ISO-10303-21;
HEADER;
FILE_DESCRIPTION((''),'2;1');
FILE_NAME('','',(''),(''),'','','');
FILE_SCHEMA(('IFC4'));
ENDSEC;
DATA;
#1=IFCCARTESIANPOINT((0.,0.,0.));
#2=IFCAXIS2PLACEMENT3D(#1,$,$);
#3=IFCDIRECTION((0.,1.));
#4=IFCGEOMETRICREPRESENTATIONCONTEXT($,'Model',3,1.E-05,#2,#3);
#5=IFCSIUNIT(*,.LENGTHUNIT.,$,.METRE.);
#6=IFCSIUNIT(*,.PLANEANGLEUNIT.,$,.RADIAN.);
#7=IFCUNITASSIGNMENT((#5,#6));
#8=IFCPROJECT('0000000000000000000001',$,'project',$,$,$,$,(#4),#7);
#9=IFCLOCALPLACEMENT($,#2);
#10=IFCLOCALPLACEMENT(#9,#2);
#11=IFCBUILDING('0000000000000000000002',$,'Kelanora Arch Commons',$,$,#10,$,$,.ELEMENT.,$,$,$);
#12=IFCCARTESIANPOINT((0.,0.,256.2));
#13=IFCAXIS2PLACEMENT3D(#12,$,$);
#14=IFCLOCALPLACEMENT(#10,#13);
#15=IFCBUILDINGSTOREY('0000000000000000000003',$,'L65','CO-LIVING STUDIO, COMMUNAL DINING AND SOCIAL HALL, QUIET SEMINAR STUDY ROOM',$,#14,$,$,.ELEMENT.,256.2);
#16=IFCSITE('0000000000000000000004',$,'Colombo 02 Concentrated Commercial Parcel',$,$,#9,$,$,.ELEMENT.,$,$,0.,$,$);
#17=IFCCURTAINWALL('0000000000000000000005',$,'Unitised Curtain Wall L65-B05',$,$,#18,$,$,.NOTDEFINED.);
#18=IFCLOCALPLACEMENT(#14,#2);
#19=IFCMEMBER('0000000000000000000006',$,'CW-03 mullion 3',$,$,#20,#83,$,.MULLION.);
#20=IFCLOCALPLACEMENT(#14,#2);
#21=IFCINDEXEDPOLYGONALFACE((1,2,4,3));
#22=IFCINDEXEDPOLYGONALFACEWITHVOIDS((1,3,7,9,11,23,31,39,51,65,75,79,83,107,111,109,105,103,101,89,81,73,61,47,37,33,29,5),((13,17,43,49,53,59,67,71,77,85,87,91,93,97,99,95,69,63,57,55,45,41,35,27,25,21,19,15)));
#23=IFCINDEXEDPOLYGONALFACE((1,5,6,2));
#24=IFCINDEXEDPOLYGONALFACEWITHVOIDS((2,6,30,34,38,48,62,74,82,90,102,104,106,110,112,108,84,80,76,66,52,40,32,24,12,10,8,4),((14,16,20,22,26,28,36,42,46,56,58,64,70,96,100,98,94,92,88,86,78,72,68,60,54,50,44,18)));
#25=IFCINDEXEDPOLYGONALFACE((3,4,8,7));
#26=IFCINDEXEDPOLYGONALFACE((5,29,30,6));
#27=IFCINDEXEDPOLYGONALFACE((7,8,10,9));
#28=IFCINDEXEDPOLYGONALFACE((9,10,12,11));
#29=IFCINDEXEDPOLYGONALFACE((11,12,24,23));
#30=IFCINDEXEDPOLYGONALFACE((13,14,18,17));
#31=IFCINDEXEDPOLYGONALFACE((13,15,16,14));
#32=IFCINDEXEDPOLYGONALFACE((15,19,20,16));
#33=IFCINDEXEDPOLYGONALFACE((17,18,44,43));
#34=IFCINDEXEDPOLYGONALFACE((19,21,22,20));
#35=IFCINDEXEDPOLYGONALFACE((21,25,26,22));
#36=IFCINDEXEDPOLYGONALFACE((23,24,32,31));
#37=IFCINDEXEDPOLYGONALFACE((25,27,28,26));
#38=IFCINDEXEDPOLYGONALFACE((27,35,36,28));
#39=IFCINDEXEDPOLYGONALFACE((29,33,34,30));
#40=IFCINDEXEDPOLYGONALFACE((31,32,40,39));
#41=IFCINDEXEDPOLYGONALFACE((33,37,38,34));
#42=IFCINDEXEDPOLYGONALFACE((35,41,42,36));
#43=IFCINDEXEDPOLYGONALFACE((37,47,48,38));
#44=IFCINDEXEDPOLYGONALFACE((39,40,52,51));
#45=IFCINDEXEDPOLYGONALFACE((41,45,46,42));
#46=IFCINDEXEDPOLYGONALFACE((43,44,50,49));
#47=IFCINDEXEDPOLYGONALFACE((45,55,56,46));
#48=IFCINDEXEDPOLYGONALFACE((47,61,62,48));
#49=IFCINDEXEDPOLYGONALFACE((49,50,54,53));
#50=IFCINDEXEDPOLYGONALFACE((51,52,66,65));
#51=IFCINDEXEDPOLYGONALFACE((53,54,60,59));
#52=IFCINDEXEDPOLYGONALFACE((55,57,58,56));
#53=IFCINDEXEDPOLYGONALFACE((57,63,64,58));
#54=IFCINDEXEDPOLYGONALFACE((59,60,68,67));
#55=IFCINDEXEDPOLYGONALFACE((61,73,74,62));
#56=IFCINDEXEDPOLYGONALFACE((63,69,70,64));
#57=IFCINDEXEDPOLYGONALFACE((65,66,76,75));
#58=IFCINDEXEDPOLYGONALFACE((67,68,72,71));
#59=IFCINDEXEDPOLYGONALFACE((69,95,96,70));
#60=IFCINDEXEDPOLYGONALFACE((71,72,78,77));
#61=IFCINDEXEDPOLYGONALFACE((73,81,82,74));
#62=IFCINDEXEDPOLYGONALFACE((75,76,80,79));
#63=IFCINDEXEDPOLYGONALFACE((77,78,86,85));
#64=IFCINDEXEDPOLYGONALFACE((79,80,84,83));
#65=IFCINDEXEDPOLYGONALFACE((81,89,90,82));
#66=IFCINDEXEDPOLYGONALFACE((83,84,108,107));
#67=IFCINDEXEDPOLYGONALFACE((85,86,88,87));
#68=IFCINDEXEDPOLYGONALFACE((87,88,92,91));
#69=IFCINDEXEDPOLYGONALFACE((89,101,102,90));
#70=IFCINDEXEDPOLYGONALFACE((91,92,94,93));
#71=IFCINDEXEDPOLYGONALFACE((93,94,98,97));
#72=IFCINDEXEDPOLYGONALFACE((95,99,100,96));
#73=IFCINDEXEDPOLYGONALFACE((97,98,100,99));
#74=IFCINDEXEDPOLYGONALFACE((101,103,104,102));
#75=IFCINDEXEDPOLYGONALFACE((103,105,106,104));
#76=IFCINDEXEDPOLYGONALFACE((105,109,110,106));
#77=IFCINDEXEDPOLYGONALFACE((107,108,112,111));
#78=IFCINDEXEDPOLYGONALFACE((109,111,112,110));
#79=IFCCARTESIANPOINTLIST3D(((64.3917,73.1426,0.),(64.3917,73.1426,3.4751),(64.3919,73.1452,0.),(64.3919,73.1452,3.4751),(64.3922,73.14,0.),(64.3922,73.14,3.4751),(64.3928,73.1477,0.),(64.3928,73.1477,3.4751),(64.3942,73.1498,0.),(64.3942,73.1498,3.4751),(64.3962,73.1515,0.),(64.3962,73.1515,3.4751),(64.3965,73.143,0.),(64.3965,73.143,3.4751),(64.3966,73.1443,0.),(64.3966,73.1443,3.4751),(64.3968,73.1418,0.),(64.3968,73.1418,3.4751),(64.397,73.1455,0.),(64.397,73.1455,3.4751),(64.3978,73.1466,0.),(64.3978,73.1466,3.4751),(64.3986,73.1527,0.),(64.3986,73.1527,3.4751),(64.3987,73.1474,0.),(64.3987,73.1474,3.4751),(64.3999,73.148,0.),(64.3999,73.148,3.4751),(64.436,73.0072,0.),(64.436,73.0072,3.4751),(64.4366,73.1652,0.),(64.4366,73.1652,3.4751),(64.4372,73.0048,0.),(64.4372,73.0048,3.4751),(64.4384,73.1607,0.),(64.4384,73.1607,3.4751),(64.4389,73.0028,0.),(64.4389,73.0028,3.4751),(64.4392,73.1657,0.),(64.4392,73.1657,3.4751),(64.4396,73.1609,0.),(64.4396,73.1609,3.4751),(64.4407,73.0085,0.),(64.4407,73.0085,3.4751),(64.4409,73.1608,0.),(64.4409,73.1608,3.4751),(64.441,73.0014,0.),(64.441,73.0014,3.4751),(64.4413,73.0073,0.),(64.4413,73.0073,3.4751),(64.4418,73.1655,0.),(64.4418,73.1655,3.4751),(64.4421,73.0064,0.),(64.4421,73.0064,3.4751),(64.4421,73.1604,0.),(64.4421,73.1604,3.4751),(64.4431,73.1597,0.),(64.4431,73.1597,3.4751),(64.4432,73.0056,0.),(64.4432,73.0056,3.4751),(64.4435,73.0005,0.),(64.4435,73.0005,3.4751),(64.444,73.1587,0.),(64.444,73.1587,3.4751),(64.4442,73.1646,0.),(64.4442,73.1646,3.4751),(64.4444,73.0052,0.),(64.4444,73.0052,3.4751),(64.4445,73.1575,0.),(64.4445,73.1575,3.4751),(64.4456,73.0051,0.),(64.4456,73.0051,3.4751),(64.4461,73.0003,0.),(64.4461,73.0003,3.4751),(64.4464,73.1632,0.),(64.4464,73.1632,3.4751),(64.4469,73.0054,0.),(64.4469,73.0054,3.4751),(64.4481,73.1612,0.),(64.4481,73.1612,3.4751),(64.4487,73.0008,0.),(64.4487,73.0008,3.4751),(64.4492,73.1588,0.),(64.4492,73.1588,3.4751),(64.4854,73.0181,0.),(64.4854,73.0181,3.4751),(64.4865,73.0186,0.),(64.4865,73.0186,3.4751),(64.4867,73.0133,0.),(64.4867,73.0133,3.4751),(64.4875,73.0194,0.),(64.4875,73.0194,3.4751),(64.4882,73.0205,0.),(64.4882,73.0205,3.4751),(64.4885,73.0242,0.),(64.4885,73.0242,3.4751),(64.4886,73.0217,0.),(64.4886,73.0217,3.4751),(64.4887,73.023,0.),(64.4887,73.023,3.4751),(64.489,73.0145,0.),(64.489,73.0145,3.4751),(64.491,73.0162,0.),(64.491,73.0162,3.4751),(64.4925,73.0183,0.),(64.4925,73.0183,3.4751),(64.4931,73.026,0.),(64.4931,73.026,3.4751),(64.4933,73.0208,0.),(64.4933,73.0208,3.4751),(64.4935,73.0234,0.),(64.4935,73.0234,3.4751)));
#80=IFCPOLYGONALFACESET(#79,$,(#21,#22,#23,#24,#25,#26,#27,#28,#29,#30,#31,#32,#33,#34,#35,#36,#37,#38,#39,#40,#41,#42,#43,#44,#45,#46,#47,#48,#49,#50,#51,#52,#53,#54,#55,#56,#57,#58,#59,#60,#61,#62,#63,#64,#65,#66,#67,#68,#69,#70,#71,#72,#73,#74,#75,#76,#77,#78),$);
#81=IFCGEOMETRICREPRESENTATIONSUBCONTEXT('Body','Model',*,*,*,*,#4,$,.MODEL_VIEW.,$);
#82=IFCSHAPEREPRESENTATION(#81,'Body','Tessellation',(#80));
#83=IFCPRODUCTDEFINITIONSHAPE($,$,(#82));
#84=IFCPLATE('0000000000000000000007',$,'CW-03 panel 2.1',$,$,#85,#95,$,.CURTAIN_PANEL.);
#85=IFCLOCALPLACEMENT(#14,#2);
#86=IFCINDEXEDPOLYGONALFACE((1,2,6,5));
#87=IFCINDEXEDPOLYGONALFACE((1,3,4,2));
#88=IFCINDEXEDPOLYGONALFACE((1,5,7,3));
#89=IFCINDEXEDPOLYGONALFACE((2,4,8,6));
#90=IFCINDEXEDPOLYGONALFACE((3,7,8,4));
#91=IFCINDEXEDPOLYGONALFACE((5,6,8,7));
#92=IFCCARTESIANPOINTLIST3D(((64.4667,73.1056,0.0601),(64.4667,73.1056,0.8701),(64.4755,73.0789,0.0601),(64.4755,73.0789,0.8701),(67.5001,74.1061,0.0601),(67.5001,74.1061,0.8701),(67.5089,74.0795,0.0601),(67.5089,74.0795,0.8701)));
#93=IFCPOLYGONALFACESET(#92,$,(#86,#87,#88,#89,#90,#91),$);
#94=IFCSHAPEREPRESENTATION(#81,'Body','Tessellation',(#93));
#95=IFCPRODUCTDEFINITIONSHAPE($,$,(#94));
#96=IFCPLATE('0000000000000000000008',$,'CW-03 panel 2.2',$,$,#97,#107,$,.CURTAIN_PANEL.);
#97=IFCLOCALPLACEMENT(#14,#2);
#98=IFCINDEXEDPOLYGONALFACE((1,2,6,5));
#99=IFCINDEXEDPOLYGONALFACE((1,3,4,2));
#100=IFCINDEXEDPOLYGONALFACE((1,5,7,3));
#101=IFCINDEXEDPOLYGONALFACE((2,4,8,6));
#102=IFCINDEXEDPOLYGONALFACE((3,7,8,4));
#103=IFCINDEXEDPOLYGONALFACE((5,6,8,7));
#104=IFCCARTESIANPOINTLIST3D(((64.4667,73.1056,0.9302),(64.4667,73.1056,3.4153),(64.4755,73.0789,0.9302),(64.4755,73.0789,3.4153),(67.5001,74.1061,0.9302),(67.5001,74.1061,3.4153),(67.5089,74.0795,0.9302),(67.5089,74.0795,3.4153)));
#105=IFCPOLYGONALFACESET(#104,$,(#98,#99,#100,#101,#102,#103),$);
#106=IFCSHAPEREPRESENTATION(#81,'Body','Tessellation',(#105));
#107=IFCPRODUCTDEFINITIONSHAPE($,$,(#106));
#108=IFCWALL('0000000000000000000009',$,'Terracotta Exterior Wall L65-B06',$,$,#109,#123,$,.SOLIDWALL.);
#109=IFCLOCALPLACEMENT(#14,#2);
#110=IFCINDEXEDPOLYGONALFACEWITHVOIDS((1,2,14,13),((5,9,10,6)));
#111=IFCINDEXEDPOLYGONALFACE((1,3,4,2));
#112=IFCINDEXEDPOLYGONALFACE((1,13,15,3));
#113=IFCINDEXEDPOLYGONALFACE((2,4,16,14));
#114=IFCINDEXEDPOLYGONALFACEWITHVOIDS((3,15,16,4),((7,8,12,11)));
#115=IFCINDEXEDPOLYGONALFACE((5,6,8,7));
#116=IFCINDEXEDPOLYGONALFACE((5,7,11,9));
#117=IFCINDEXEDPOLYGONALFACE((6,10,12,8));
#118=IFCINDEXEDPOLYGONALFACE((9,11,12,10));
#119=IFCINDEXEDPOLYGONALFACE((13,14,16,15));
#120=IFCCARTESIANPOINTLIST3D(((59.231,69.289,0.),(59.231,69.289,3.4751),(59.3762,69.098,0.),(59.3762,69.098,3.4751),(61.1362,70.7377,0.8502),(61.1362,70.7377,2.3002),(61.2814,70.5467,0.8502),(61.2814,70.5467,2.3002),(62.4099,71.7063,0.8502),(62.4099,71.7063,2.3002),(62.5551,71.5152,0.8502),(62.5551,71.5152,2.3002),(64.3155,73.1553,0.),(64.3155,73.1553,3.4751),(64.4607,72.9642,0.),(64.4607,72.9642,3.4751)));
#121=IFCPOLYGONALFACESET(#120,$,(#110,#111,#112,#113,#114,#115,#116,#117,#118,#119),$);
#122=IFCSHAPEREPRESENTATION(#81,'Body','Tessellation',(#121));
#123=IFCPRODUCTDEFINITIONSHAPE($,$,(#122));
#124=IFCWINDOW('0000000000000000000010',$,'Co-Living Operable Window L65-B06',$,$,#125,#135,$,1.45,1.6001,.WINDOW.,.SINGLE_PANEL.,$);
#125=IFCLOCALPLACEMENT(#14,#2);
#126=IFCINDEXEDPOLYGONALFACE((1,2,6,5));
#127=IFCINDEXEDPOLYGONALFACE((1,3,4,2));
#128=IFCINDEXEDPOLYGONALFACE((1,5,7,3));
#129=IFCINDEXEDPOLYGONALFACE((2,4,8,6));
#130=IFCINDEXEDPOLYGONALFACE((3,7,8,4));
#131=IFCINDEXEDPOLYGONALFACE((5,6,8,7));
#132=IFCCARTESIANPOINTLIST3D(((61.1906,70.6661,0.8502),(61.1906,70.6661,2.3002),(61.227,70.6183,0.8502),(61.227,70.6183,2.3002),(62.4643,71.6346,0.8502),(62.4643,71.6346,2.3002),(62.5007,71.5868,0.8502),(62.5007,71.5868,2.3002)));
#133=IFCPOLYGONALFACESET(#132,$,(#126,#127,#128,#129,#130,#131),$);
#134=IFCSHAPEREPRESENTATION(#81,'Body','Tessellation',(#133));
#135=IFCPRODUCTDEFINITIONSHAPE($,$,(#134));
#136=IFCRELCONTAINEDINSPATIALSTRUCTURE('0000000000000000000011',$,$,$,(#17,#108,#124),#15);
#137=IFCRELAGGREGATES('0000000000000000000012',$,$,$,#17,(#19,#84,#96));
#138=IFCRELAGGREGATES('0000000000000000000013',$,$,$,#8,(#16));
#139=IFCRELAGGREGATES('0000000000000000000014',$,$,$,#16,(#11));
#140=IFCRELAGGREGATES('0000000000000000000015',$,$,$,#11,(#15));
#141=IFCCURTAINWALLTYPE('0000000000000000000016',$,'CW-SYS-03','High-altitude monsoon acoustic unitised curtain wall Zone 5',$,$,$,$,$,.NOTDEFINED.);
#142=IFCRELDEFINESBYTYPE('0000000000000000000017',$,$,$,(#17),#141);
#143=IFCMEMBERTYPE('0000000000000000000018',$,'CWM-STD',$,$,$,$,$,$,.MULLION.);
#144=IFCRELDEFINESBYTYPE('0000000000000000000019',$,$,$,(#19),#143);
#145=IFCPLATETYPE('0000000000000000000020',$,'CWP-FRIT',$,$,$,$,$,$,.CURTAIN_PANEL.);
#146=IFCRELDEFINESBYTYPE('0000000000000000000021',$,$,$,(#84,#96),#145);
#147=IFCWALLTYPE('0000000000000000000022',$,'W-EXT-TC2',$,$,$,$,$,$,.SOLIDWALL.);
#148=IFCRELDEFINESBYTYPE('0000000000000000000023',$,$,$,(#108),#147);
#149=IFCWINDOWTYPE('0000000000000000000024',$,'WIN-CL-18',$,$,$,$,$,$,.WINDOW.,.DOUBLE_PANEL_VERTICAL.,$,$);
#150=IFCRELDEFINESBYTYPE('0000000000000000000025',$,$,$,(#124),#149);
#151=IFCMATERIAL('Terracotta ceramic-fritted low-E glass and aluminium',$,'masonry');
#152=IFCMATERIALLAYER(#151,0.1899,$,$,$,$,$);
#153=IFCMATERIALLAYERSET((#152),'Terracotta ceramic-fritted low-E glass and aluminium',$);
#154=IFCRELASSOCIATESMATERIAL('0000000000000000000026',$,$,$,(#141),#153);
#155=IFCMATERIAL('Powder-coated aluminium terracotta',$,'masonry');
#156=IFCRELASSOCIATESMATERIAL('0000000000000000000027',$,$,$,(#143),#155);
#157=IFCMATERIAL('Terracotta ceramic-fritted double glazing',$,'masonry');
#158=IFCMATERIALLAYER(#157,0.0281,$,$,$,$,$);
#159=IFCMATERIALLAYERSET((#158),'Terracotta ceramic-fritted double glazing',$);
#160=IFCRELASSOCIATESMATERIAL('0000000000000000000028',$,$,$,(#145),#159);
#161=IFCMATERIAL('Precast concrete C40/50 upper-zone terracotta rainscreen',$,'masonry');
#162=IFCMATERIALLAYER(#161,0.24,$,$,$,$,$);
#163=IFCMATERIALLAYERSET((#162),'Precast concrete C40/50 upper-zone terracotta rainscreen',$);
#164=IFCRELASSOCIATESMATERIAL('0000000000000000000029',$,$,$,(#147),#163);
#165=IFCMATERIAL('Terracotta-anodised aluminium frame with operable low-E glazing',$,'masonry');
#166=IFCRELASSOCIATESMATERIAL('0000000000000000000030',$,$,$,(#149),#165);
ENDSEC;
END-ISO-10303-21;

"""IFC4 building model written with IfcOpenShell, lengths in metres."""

from ifc_helpers import new_model, si_unit, direction, frame, frame_2d, origin, origin_2d, place, context, subcontext, project, spatial, rectangle, hollow_rectangle, extrude, source, transform, mapped, material, layer, layer_set, material_profile, profile_set, type_object, element, fill, aggregate, save


model = new_model("IFC4")

# Units and contexts
model_context = context("Model", 3, precision=1e-05, world=origin(), true_north=direction((0.0, 1.0)))
body_context = subcontext(model_context, "Body", "Model", "MODEL_VIEW")
ifc_project = project(units=[si_unit("LENGTHUNIT", "METRE"), si_unit("PLANEANGLEUNIT", "RADIAN")], contexts=[model_context])

# Site, building, storey
site_placement = place(None, origin())
site = spatial("IfcSite", under=ifc_project, at=site_placement, Name="Colombo 02 Concentrated Commercial Parcel", CompositionType="ELEMENT", RefElevation=0.0)
building_placement = place(site_placement, origin())
building = spatial("IfcBuilding", under=site, at=building_placement, Name="Kelanora Arch Commons", CompositionType="ELEMENT")
storey_placement = place(building_placement, frame((0.0, 0.0, 256.2)))
storey = spatial("IfcBuildingStorey", under=building, at=storey_placement, Name="L65", Description="CO-LIVING STUDIO, COMMUNAL DINING AND SOCIAL HALL, QUIET SEMINAR STUDY ROOM", CompositionType="ELEMENT", Elevation=256.2)

# Curtain wall, member, plates
ifc_material_1 = material(Name="Terracotta ceramic-fritted low-E glass and aluminium", Category="masonry")
ifc_layer_1 = layer(ifc_material_1, 0.1899)
ifc_layer_set_1 = layer_set([ifc_layer_1], Name="Terracotta ceramic-fritted low-E glass and aluminium")
curtain_wall_type = type_object("IfcCurtainWallType", Name="CW-SYS-03", Description="High-altitude monsoon acoustic unitised curtain wall Zone 5", PredefinedType="NOTDEFINED", material=ifc_layer_set_1)
curtain_wall_placement = place(storey_placement, origin())
curtain_wall = element("IfcCurtainWall", 1, at=curtain_wall_placement, inside=storey, type_object=curtain_wall_type, Name="Unitised Curtain Wall L65-B05", PredefinedType="NOTDEFINED")
ifc_material_2 = material(Name="Powder-coated aluminium terracotta", Category="masonry")
ifc_material_profile_1 = material_profile(ifc_material_2, hollow_rectangle(XDim=0.1599, YDim=0.0601, WallThickness=0.0049, InnerFilletRadius=0.0049, OuterFilletRadius=0.01, at=origin_2d()), Name="CWM160x60")
ifc_profile_set_1 = profile_set([ifc_material_profile_1], Name="Powder-coated aluminium terracotta")
member_type = type_object("IfcMemberType", Name="CWM-STD", PredefinedType="MULLION", material=ifc_profile_set_1)
member_placement = place(storey_placement, frame((64.4426, 73.083, 0.0), z_axis=(0.0, 0.0, 1.0), x_axis=(0.313253, -0.94967, 0.0)))
member = element("IfcMember", 2, at=member_placement, type_object=member_type, Name="CW-03 mullion 3", PredefinedType="MULLION", context=body_context, shape_type="SweptSolid", body=[
    extrude(hollow_rectangle(XDim=0.1599, YDim=0.0601, WallThickness=0.0049, InnerFilletRadius=0.0049, OuterFilletRadius=0.01, at=origin_2d()), origin(), (0.0, 0.0, 1.0), 3.4751),
])
ifc_material_3 = material(Name="Terracotta ceramic-fritted double glazing", Category="masonry")
ifc_layer_2 = layer(ifc_material_3, 0.0281)
ifc_layer_set_2 = layer_set([ifc_layer_2], Name="Terracotta ceramic-fritted double glazing")
plate_type = type_object("IfcPlateType", Name="CWP-FRIT", PredefinedType="CURTAIN_PANEL", material=ifc_layer_set_2)
shared_shape_1 = source(origin(), body_context, "Body", "SweptSolid", [
    extrude(rectangle(XDim=3.1941, YDim=0.0281, at=origin_2d()), origin(), (0.0, 0.0, 1.0), 0.8101),
])
plate_1_placement = place(storey_placement, frame((65.9878, 73.5925, 0.0601), z_axis=(0.0, 0.0, 1.0), x_axis=(-0.94967, -0.313253, 0.0)))
plate_1 = element("IfcPlate", 3, at=plate_1_placement, type_object=plate_type, Name="CW-03 panel 2.1", PredefinedType="CURTAIN_PANEL", context=body_context, shape_type="MappedRepresentation", body=[
    mapped(shared_shape_1, transform((0.0, 0.0, 0.0), scale=1.0)),
])
shared_shape_2 = source(origin(), body_context, "Body", "SweptSolid", [
    extrude(rectangle(XDim=3.1941, YDim=0.0281, at=origin_2d()), origin(), (0.0, 0.0, 1.0), 2.4851),
])
plate_2_placement = place(storey_placement, frame((65.9878, 73.5925, 0.9302), z_axis=(0.0, 0.0, 1.0), x_axis=(-0.94967, -0.313253, 0.0)))
plate_2 = element("IfcPlate", 4, at=plate_2_placement, type_object=plate_type, Name="CW-03 panel 2.2", PredefinedType="CURTAIN_PANEL", context=body_context, shape_type="MappedRepresentation", body=[
    mapped(shared_shape_2, transform((0.0, 0.0, 0.0), scale=1.0)),
])
aggregate(curtain_wall, [member, plate_1, plate_2])

# Wall, opening, window
ifc_material_4 = material(Name="Precast concrete C40/50 upper-zone terracotta rainscreen", Category="masonry")
ifc_layer_3 = layer(ifc_material_4, 0.24)
ifc_layer_set_3 = layer_set([ifc_layer_3], Name="Precast concrete C40/50 upper-zone terracotta rainscreen")
wall_type_1 = type_object("IfcWallType", Name="W-EXT-TC2", PredefinedType="SOLIDWALL", material=ifc_layer_set_3)
wall_1_placement = place(storey_placement, frame((64.3882, 73.0598, 0.0), z_axis=(0.0, 0.0, 1.0), x_axis=(-0.79601, -0.605283, 0.0)))
wall_1 = element("IfcWall", 5, at=wall_1_placement, inside=storey, type_object=wall_type_1, Name="Terracotta Exterior Wall L65-B06", PredefinedType="SOLIDWALL", context=body_context, shape_type="SweptSolid", body=[
    extrude(rectangle(XDim=6.3875, YDim=0.24, at=frame_2d((3.1938, 0.0))), origin(), (0.0, 0.0, 1.0), 3.4751),
])
opening_1_placement = place(wall_1_placement, frame((2.394, 0.0, 0.8501)))
opening_1 = element("IfcOpeningElement", 6, at=opening_1_placement, cuts=wall_1, PredefinedType="OPENING", context=body_context, shape_type="SweptSolid", body=[
    extrude(rectangle(XDim=1.6001, YDim=1.45, at=frame_2d((0.8, 0.7251))), frame((0.0, 0.1299, 0.0), z_axis=(0.0, -1.0, 0.0), x_axis=(1.0, 0.0, 0.0)), (0.0, 0.0, 1.0), 0.26),
])
ifc_material_5 = material(Name="Terracotta-anodised aluminium frame with operable low-E glazing", Category="masonry")
window_type_1 = type_object("IfcWindowType", Name="WIN-CL-18", PartitioningType="DOUBLE_PANEL_VERTICAL", PredefinedType="WINDOW", material=ifc_material_5)
window_1_placement = place(opening_1_placement, origin())
window_1 = element("IfcWindow", 7, at=window_1_placement, inside=storey, type_object=window_type_1, Name="Co-Living Operable Window L65-B06", OverallHeight=1.45, OverallWidth=1.6001, PartitioningType="SINGLE_PANEL", PredefinedType="WINDOW", context=body_context, shape_type="SweptSolid", body=[
    extrude(rectangle(XDim=1.6001, YDim=1.45, at=frame_2d((0.8, 0.7251))), frame((0.0, 0.03, 0.0), z_axis=(0.0, -1.0, 0.0), x_axis=(1.0, 0.0, 0.0)), (0.0, 0.0, 1.0), 0.0601),
])
fill(opening_1, window_1)

save(model, "model.ifc")
